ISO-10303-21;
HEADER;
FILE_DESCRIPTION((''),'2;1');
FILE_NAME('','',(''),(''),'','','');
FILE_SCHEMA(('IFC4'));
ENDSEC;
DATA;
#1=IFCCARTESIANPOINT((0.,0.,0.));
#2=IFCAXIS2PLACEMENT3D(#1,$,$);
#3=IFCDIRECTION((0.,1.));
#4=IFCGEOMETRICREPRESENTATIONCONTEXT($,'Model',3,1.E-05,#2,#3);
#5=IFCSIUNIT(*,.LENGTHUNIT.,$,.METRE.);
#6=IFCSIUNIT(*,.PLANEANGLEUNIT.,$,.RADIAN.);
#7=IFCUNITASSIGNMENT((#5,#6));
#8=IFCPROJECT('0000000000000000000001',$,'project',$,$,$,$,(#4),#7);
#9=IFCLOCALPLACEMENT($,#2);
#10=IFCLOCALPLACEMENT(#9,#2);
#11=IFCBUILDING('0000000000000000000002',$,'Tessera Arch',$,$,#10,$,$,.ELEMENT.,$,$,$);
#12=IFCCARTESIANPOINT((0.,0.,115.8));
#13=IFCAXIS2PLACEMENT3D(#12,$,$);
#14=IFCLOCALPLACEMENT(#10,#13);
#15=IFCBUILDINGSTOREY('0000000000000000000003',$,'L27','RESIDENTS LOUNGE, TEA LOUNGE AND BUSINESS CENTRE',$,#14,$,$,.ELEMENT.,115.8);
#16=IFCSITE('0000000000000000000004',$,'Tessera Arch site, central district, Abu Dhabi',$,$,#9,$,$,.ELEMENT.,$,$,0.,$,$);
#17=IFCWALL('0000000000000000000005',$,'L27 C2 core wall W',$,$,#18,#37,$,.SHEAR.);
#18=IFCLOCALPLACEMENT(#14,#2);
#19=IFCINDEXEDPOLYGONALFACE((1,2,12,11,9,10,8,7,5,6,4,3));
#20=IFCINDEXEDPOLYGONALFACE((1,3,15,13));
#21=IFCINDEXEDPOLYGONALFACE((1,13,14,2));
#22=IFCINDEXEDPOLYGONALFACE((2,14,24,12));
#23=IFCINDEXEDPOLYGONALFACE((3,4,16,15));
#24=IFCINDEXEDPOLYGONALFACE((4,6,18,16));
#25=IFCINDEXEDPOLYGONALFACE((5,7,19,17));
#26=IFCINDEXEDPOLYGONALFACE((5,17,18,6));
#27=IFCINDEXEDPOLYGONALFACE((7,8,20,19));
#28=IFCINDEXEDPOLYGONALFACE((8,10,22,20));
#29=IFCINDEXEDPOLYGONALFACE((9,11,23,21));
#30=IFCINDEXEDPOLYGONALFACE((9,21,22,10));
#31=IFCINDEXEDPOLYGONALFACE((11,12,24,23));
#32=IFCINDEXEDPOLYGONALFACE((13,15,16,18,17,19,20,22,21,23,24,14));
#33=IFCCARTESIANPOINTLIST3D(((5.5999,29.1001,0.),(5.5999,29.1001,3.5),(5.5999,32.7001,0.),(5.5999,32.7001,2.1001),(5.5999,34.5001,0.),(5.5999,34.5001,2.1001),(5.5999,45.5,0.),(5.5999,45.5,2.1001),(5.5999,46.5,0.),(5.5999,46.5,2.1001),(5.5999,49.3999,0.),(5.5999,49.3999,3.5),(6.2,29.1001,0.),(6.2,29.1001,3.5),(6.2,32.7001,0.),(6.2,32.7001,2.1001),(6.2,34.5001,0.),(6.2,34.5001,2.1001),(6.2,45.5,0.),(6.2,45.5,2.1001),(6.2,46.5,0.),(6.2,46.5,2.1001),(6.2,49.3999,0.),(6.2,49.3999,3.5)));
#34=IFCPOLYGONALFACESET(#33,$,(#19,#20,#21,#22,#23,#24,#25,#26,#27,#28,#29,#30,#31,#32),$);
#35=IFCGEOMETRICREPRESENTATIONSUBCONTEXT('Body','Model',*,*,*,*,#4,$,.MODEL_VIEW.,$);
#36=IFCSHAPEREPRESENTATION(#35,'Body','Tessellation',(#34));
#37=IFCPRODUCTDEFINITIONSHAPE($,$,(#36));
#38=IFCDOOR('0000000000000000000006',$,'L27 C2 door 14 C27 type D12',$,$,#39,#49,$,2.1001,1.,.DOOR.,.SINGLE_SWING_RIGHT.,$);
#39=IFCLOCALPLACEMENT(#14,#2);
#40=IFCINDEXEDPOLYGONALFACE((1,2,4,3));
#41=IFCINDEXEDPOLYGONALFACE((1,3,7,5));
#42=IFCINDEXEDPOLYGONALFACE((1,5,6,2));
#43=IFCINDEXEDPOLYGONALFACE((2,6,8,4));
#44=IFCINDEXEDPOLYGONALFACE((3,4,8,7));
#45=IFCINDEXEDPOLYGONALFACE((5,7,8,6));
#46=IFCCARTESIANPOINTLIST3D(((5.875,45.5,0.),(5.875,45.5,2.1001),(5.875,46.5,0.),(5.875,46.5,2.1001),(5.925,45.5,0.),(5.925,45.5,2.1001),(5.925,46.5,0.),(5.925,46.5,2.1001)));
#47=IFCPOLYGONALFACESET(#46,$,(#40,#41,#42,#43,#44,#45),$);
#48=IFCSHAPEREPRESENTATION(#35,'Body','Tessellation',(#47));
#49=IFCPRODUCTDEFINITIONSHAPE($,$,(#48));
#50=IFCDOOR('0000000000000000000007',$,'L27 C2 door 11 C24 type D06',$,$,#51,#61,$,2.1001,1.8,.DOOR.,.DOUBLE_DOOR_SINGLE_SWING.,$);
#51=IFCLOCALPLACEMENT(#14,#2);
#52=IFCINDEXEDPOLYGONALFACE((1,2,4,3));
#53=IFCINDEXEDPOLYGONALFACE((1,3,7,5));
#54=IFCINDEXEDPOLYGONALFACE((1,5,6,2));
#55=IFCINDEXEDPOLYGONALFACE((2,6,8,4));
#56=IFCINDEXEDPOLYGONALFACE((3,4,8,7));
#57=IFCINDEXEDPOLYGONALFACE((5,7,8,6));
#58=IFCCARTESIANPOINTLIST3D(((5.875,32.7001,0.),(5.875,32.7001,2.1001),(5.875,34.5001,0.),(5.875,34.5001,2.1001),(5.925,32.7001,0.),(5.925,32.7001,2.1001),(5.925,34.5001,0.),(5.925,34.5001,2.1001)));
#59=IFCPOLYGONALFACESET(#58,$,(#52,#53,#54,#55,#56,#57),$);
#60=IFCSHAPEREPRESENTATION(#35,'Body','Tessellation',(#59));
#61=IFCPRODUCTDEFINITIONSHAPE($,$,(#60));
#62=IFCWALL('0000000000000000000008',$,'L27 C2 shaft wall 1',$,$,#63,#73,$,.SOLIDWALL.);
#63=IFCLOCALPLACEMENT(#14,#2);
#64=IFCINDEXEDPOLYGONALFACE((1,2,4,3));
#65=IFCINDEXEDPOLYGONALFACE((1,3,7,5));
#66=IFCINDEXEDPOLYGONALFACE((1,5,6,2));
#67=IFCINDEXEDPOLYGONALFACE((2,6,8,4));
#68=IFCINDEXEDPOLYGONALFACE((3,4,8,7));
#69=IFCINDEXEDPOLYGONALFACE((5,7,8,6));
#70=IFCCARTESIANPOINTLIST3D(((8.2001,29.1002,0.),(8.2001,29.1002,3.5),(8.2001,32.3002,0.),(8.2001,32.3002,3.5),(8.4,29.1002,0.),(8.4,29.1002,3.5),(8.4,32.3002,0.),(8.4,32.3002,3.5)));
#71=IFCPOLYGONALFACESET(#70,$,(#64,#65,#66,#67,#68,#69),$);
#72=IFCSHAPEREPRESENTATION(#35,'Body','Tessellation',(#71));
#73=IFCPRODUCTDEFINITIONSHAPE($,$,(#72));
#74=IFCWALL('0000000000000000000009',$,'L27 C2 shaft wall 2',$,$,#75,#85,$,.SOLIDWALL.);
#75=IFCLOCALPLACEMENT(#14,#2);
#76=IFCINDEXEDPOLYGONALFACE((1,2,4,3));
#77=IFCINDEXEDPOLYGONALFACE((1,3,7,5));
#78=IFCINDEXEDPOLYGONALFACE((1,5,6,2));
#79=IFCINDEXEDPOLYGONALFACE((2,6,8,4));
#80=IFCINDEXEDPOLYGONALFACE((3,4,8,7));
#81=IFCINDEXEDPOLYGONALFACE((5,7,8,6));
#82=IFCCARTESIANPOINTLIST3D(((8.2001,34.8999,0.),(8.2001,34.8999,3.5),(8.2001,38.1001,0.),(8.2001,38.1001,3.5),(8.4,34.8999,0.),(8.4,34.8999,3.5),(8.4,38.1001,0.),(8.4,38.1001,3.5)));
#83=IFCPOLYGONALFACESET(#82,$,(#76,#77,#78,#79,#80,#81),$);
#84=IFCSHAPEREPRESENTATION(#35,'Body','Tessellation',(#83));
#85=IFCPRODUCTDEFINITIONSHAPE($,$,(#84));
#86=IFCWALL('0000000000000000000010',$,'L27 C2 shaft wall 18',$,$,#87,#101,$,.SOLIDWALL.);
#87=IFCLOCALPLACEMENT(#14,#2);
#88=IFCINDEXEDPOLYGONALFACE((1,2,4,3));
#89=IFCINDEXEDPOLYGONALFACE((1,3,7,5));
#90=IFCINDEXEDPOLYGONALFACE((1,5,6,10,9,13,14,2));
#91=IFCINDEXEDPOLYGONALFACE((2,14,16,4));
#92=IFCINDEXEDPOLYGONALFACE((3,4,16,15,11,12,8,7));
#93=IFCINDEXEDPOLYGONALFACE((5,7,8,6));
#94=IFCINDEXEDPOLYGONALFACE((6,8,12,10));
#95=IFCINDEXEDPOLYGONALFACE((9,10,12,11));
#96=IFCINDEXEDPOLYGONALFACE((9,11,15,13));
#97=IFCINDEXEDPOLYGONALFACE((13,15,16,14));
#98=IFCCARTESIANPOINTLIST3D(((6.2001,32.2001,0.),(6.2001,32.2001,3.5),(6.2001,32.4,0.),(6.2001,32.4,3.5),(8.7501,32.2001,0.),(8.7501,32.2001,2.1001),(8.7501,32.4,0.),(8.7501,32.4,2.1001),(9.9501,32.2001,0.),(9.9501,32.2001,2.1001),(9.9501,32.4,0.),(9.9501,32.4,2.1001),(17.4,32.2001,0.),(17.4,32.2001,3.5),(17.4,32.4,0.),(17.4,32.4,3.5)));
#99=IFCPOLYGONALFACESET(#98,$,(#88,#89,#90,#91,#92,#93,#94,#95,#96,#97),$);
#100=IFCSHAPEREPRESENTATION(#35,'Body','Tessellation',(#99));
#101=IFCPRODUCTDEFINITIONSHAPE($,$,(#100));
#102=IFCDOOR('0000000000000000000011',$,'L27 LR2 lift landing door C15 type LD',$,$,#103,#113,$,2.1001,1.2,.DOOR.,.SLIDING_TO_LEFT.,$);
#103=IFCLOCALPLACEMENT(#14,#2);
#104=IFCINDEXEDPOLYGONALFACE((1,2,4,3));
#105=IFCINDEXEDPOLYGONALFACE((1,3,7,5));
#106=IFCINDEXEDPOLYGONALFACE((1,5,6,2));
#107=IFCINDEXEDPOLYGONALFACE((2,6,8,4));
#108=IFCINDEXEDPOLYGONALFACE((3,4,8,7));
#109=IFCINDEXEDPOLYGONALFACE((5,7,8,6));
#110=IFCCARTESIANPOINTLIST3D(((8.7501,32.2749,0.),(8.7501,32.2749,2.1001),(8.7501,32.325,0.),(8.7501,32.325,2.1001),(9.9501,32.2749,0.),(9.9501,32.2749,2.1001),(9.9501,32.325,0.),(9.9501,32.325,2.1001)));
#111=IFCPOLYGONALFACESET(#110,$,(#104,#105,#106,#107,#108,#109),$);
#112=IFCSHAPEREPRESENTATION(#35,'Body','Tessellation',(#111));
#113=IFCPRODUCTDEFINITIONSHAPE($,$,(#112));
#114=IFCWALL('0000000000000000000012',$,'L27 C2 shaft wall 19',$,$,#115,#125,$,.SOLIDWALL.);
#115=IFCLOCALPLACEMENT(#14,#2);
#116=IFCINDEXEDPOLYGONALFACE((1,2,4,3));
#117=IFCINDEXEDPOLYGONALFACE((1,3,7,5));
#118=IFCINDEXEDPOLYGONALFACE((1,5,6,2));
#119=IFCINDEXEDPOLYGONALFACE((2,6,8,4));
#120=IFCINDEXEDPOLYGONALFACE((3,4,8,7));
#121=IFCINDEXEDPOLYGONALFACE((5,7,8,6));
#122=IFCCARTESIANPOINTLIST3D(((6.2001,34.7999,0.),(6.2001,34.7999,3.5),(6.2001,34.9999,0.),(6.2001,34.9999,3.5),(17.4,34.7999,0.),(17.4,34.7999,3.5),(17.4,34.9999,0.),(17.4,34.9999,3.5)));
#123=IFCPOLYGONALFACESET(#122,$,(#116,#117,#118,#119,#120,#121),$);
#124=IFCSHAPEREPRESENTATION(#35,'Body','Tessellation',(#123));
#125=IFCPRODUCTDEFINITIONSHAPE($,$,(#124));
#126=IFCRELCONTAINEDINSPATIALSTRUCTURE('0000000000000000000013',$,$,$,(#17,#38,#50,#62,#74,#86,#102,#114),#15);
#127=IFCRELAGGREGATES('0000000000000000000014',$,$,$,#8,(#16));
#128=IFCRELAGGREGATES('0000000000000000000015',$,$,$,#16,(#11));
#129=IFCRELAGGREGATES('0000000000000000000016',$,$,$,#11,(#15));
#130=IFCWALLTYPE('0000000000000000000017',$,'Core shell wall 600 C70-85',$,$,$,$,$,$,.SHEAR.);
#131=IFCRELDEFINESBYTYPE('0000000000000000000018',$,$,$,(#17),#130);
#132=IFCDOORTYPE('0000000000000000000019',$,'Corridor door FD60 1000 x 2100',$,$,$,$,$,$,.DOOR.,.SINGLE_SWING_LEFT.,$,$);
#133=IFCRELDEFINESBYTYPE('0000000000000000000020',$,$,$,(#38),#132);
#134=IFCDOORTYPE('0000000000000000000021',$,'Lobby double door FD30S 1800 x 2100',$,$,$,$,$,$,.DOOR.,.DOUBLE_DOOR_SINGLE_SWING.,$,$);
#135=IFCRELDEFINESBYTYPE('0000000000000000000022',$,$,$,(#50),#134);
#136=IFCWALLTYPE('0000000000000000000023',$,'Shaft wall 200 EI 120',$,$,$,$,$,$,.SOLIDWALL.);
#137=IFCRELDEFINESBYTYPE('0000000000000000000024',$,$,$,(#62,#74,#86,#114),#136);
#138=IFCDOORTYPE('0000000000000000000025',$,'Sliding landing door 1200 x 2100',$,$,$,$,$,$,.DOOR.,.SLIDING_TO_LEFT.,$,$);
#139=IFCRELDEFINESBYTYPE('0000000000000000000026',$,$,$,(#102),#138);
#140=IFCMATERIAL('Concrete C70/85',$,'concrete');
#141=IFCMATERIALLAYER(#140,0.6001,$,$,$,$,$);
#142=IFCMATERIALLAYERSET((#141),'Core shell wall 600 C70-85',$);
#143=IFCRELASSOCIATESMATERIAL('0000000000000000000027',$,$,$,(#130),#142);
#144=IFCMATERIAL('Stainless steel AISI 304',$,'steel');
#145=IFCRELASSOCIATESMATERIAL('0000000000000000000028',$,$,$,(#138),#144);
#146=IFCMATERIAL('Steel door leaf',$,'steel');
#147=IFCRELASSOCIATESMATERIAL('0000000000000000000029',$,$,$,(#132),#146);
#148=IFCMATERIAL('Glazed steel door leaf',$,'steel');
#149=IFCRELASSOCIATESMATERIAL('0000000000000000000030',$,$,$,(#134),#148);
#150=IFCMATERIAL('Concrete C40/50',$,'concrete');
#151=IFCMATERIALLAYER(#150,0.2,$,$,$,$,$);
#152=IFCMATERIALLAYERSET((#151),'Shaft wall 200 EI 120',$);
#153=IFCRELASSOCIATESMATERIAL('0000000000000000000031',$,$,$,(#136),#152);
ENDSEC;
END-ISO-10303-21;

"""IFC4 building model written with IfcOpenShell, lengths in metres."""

from ifc_helpers import new_model, si_unit, direction, frame, frame_2d, origin, place, context, subcontext, project, spatial, rectangle, extrude, material, layer, layer_set, type_object, element, fill, save


model = new_model("IFC4")

# Units and contexts
model_context = context("Model", 3, precision=1e-05, world=origin(), true_north=direction((0.0, 1.0)))
body_context = subcontext(model_context, "Body", "Model", "MODEL_VIEW")
ifc_project = project(units=[si_unit("LENGTHUNIT", "METRE"), si_unit("PLANEANGLEUNIT", "RADIAN")], contexts=[model_context])

# Site, building, storey
site_placement = place(None, origin())
site = spatial("IfcSite", under=ifc_project, at=site_placement, Name="Tessera Arch site, central district, Abu Dhabi", CompositionType="ELEMENT", RefElevation=0.0)
building_placement = place(site_placement, origin())
building = spatial("IfcBuilding", under=site, at=building_placement, Name="Tessera Arch", CompositionType="ELEMENT")
storey_placement = place(building_placement, frame((0.0, 0.0, 115.8)))
storey = spatial("IfcBuildingStorey", under=building, at=storey_placement, Name="L27", Description="RESIDENTS LOUNGE, TEA LOUNGE AND BUSINESS CENTRE", CompositionType="ELEMENT", Elevation=115.8)

# Wall, openings, doors
ifc_material_1 = material(Name="Concrete C70/85", Category="concrete")
ifc_layer_1 = layer(ifc_material_1, 0.6001)
ifc_layer_set_1 = layer_set([ifc_layer_1], Name="Core shell wall 600 C70-85")
wall_type_1 = type_object("IfcWallType", Name="Core shell wall 600 C70-85", PredefinedType="SHEAR", material=ifc_layer_set_1)
ifc_material_2 = material(Name="Stainless steel AISI 304", Category="steel")
door_type_1 = type_object("IfcDoorType", Name="Sliding landing door 1200 x 2100", OperationType="SLIDING_TO_LEFT", PredefinedType="DOOR", material=ifc_material_2)
wall_1_placement = place(storey_placement, frame((5.8999, 29.1001, 0.0), z_axis=(0.0, 0.0, 1.0), x_axis=(0.0, 1.0, 0.0)))
wall_1 = element("IfcWall", 1, at=wall_1_placement, inside=storey, type_object=wall_type_1, Name="L27 C2 core wall W", PredefinedType="SHEAR", context=body_context, shape_type="SweptSolid", body=[
    extrude(rectangle(XDim=20.2998, YDim=0.6001, at=frame_2d((10.1499, 0.0))), origin(), (0.0, 0.0, 1.0), 3.5),
])
opening_1_placement = place(wall_1_placement, frame((3.6001, 0.0, 0.0)))
opening_1 = element("IfcOpeningElement", 2, at=opening_1_placement, cuts=wall_1, PredefinedType="OPENING", context=body_context, shape_type="SweptSolid", body=[
    extrude(rectangle(XDim=1.8, YDim=2.1001, at=frame_2d((0.8999, 1.05))), frame((0.0, 0.3101, 0.0), z_axis=(0.0, -1.0, 0.0), x_axis=(1.0, 0.0, 0.0)), (0.0, 0.0, 1.0), 0.6201),
])
opening_2_placement = place(wall_1_placement, frame((16.3999, 0.0, 0.0)))
opening_2 = element("IfcOpeningElement", 3, at=opening_2_placement, cuts=wall_1, PredefinedType="OPENING", context=body_context, shape_type="SweptSolid", body=[
    extrude(rectangle(XDim=1.0, YDim=2.1001, at=frame_2d((0.5, 1.05))), frame((0.0, 0.3101, 0.0), z_axis=(0.0, -1.0, 0.0), x_axis=(1.0, 0.0, 0.0)), (0.0, 0.0, 1.0), 0.6201),
])
ifc_material_3 = material(Name="Steel door leaf", Category="steel")
door_type_2 = type_object("IfcDoorType", Name="Corridor door FD60 1000 x 2100", OperationType="SINGLE_SWING_LEFT", PredefinedType="DOOR", material=ifc_material_3)
door_1_placement = place(opening_2_placement, origin())
door_1 = element("IfcDoor", 4, at=door_1_placement, inside=storey, type_object=door_type_2, Name="L27 C2 door 14 C27 type D12", OperationType="SINGLE_SWING_RIGHT", OverallHeight=2.1001, OverallWidth=1.0, PredefinedType="DOOR", context=body_context, shape_type="SweptSolid", body=[
    extrude(rectangle(XDim=1.0, YDim=2.1001, at=frame_2d((0.5, 1.05))), frame((0.0, 0.0249, 0.0), z_axis=(0.0, -1.0, 0.0), x_axis=(1.0, 0.0, 0.0)), (0.0, 0.0, 1.0), 0.05),
])
fill(opening_2, door_1)
ifc_material_4 = material(Name="Glazed steel door leaf", Category="steel")
door_type_3 = type_object("IfcDoorType", Name="Lobby double door FD30S 1800 x 2100", OperationType="DOUBLE_DOOR_SINGLE_SWING", PredefinedType="DOOR", material=ifc_material_4)
door_2_placement = place(opening_1_placement, origin())
door_2 = element("IfcDoor", 5, at=door_2_placement, inside=storey, type_object=door_type_3, Name="L27 C2 door 11 C24 type D06", OperationType="DOUBLE_DOOR_SINGLE_SWING", OverallHeight=2.1001, OverallWidth=1.8, PredefinedType="DOOR", context=body_context, shape_type="SweptSolid", body=[
    extrude(rectangle(XDim=1.8, YDim=2.1001, at=frame_2d((0.8999, 1.05))), frame((0.0, 0.0249, 0.0), z_axis=(0.0, -1.0, 0.0), x_axis=(1.0, 0.0, 0.0)), (0.0, 0.0, 1.0), 0.05),
])
fill(opening_1, door_2)

# Walls
ifc_material_5 = material(Name="Concrete C40/50", Category="concrete")
ifc_layer_2 = layer(ifc_material_5, 0.2)
ifc_layer_set_2 = layer_set([ifc_layer_2], Name="Shaft wall 200 EI 120")
wall_type_2 = type_object("IfcWallType", Name="Shaft wall 200 EI 120", PredefinedType="SOLIDWALL", material=ifc_layer_set_2)
wall_2_placement = place(storey_placement, frame((8.3, 29.1001, 0.0), z_axis=(0.0, 0.0, 1.0), x_axis=(0.0, 1.0, 0.0)))
element("IfcWall", 6, at=wall_2_placement, inside=storey, type_object=wall_type_2, Name="L27 C2 shaft wall 1", PredefinedType="SOLIDWALL", context=body_context, shape_type="SweptSolid", body=[
    extrude(rectangle(XDim=3.2, YDim=0.2, at=frame_2d((1.6001, 0.0))), origin(), (0.0, 0.0, 1.0), 3.5),
])
wall_3_placement = place(storey_placement, frame((8.3, 34.8999, 0.0), z_axis=(0.0, 0.0, 1.0), x_axis=(0.0, 1.0, 0.0)))
element("IfcWall", 7, at=wall_3_placement, inside=storey, type_object=wall_type_2, Name="L27 C2 shaft wall 2", PredefinedType="SOLIDWALL", context=body_context, shape_type="SweptSolid", body=[
    extrude(rectangle(XDim=3.2002, YDim=0.2, at=frame_2d((1.6001, 0.0))), origin(), (0.0, 0.0, 1.0), 3.5),
])

# Wall, opening, door
wall_4_placement = place(storey_placement, frame((6.2, 32.3, 0.0), z_axis=(0.0, 0.0, 1.0), x_axis=(1.0, 0.0, 0.0)))
wall_4 = element("IfcWall", 8, at=wall_4_placement, inside=storey, type_object=wall_type_2, Name="L27 C2 shaft wall 18", PredefinedType="SOLIDWALL", context=body_context, shape_type="SweptSolid", body=[
    extrude(rectangle(XDim=11.2, YDim=0.2, at=frame_2d((5.6001, 0.0))), origin(), (0.0, 0.0, 1.0), 3.5),
])
opening_3_placement = place(wall_4_placement, frame((2.55, 0.0, 0.0)))
opening_3 = element("IfcOpeningElement", 9, at=opening_3_placement, cuts=wall_4, PredefinedType="OPENING", context=body_context, shape_type="SweptSolid", body=[
    extrude(rectangle(XDim=1.2, YDim=2.1001, at=frame_2d((0.6001, 1.05))), frame((0.0, 0.1099, 0.0), z_axis=(0.0, -1.0, 0.0), x_axis=(1.0, 0.0, 0.0)), (0.0, 0.0, 1.0), 0.22),
])
door_3_placement = place(opening_3_placement, origin())
door_3 = element("IfcDoor", 10, at=door_3_placement, inside=storey, type_object=door_type_1, Name="L27 LR2 lift landing door C15 type LD", OperationType="SLIDING_TO_LEFT", OverallHeight=2.1001, OverallWidth=1.2, PredefinedType="DOOR", context=body_context, shape_type="SweptSolid", body=[
    extrude(rectangle(XDim=1.2, YDim=2.1001, at=frame_2d((0.6001, 1.05))), frame((0.0, 0.0249, 0.0), z_axis=(0.0, -1.0, 0.0), x_axis=(1.0, 0.0, 0.0)), (0.0, 0.0, 1.0), 0.05),
])
fill(opening_3, door_3)

# Wall
wall_5_placement = place(storey_placement, frame((6.2, 34.8999, 0.0), z_axis=(0.0, 0.0, 1.0), x_axis=(1.0, 0.0, 0.0)))
element("IfcWall", 11, at=wall_5_placement, inside=storey, type_object=wall_type_2, Name="L27 C2 shaft wall 19", PredefinedType="SOLIDWALL", context=body_context, shape_type="SweptSolid", body=[
    extrude(rectangle(XDim=11.2, YDim=0.2, at=frame_2d((5.6001, 0.0))), origin(), (0.0, 0.0, 1.0), 3.5),
])

save(model, "model.ifc")
